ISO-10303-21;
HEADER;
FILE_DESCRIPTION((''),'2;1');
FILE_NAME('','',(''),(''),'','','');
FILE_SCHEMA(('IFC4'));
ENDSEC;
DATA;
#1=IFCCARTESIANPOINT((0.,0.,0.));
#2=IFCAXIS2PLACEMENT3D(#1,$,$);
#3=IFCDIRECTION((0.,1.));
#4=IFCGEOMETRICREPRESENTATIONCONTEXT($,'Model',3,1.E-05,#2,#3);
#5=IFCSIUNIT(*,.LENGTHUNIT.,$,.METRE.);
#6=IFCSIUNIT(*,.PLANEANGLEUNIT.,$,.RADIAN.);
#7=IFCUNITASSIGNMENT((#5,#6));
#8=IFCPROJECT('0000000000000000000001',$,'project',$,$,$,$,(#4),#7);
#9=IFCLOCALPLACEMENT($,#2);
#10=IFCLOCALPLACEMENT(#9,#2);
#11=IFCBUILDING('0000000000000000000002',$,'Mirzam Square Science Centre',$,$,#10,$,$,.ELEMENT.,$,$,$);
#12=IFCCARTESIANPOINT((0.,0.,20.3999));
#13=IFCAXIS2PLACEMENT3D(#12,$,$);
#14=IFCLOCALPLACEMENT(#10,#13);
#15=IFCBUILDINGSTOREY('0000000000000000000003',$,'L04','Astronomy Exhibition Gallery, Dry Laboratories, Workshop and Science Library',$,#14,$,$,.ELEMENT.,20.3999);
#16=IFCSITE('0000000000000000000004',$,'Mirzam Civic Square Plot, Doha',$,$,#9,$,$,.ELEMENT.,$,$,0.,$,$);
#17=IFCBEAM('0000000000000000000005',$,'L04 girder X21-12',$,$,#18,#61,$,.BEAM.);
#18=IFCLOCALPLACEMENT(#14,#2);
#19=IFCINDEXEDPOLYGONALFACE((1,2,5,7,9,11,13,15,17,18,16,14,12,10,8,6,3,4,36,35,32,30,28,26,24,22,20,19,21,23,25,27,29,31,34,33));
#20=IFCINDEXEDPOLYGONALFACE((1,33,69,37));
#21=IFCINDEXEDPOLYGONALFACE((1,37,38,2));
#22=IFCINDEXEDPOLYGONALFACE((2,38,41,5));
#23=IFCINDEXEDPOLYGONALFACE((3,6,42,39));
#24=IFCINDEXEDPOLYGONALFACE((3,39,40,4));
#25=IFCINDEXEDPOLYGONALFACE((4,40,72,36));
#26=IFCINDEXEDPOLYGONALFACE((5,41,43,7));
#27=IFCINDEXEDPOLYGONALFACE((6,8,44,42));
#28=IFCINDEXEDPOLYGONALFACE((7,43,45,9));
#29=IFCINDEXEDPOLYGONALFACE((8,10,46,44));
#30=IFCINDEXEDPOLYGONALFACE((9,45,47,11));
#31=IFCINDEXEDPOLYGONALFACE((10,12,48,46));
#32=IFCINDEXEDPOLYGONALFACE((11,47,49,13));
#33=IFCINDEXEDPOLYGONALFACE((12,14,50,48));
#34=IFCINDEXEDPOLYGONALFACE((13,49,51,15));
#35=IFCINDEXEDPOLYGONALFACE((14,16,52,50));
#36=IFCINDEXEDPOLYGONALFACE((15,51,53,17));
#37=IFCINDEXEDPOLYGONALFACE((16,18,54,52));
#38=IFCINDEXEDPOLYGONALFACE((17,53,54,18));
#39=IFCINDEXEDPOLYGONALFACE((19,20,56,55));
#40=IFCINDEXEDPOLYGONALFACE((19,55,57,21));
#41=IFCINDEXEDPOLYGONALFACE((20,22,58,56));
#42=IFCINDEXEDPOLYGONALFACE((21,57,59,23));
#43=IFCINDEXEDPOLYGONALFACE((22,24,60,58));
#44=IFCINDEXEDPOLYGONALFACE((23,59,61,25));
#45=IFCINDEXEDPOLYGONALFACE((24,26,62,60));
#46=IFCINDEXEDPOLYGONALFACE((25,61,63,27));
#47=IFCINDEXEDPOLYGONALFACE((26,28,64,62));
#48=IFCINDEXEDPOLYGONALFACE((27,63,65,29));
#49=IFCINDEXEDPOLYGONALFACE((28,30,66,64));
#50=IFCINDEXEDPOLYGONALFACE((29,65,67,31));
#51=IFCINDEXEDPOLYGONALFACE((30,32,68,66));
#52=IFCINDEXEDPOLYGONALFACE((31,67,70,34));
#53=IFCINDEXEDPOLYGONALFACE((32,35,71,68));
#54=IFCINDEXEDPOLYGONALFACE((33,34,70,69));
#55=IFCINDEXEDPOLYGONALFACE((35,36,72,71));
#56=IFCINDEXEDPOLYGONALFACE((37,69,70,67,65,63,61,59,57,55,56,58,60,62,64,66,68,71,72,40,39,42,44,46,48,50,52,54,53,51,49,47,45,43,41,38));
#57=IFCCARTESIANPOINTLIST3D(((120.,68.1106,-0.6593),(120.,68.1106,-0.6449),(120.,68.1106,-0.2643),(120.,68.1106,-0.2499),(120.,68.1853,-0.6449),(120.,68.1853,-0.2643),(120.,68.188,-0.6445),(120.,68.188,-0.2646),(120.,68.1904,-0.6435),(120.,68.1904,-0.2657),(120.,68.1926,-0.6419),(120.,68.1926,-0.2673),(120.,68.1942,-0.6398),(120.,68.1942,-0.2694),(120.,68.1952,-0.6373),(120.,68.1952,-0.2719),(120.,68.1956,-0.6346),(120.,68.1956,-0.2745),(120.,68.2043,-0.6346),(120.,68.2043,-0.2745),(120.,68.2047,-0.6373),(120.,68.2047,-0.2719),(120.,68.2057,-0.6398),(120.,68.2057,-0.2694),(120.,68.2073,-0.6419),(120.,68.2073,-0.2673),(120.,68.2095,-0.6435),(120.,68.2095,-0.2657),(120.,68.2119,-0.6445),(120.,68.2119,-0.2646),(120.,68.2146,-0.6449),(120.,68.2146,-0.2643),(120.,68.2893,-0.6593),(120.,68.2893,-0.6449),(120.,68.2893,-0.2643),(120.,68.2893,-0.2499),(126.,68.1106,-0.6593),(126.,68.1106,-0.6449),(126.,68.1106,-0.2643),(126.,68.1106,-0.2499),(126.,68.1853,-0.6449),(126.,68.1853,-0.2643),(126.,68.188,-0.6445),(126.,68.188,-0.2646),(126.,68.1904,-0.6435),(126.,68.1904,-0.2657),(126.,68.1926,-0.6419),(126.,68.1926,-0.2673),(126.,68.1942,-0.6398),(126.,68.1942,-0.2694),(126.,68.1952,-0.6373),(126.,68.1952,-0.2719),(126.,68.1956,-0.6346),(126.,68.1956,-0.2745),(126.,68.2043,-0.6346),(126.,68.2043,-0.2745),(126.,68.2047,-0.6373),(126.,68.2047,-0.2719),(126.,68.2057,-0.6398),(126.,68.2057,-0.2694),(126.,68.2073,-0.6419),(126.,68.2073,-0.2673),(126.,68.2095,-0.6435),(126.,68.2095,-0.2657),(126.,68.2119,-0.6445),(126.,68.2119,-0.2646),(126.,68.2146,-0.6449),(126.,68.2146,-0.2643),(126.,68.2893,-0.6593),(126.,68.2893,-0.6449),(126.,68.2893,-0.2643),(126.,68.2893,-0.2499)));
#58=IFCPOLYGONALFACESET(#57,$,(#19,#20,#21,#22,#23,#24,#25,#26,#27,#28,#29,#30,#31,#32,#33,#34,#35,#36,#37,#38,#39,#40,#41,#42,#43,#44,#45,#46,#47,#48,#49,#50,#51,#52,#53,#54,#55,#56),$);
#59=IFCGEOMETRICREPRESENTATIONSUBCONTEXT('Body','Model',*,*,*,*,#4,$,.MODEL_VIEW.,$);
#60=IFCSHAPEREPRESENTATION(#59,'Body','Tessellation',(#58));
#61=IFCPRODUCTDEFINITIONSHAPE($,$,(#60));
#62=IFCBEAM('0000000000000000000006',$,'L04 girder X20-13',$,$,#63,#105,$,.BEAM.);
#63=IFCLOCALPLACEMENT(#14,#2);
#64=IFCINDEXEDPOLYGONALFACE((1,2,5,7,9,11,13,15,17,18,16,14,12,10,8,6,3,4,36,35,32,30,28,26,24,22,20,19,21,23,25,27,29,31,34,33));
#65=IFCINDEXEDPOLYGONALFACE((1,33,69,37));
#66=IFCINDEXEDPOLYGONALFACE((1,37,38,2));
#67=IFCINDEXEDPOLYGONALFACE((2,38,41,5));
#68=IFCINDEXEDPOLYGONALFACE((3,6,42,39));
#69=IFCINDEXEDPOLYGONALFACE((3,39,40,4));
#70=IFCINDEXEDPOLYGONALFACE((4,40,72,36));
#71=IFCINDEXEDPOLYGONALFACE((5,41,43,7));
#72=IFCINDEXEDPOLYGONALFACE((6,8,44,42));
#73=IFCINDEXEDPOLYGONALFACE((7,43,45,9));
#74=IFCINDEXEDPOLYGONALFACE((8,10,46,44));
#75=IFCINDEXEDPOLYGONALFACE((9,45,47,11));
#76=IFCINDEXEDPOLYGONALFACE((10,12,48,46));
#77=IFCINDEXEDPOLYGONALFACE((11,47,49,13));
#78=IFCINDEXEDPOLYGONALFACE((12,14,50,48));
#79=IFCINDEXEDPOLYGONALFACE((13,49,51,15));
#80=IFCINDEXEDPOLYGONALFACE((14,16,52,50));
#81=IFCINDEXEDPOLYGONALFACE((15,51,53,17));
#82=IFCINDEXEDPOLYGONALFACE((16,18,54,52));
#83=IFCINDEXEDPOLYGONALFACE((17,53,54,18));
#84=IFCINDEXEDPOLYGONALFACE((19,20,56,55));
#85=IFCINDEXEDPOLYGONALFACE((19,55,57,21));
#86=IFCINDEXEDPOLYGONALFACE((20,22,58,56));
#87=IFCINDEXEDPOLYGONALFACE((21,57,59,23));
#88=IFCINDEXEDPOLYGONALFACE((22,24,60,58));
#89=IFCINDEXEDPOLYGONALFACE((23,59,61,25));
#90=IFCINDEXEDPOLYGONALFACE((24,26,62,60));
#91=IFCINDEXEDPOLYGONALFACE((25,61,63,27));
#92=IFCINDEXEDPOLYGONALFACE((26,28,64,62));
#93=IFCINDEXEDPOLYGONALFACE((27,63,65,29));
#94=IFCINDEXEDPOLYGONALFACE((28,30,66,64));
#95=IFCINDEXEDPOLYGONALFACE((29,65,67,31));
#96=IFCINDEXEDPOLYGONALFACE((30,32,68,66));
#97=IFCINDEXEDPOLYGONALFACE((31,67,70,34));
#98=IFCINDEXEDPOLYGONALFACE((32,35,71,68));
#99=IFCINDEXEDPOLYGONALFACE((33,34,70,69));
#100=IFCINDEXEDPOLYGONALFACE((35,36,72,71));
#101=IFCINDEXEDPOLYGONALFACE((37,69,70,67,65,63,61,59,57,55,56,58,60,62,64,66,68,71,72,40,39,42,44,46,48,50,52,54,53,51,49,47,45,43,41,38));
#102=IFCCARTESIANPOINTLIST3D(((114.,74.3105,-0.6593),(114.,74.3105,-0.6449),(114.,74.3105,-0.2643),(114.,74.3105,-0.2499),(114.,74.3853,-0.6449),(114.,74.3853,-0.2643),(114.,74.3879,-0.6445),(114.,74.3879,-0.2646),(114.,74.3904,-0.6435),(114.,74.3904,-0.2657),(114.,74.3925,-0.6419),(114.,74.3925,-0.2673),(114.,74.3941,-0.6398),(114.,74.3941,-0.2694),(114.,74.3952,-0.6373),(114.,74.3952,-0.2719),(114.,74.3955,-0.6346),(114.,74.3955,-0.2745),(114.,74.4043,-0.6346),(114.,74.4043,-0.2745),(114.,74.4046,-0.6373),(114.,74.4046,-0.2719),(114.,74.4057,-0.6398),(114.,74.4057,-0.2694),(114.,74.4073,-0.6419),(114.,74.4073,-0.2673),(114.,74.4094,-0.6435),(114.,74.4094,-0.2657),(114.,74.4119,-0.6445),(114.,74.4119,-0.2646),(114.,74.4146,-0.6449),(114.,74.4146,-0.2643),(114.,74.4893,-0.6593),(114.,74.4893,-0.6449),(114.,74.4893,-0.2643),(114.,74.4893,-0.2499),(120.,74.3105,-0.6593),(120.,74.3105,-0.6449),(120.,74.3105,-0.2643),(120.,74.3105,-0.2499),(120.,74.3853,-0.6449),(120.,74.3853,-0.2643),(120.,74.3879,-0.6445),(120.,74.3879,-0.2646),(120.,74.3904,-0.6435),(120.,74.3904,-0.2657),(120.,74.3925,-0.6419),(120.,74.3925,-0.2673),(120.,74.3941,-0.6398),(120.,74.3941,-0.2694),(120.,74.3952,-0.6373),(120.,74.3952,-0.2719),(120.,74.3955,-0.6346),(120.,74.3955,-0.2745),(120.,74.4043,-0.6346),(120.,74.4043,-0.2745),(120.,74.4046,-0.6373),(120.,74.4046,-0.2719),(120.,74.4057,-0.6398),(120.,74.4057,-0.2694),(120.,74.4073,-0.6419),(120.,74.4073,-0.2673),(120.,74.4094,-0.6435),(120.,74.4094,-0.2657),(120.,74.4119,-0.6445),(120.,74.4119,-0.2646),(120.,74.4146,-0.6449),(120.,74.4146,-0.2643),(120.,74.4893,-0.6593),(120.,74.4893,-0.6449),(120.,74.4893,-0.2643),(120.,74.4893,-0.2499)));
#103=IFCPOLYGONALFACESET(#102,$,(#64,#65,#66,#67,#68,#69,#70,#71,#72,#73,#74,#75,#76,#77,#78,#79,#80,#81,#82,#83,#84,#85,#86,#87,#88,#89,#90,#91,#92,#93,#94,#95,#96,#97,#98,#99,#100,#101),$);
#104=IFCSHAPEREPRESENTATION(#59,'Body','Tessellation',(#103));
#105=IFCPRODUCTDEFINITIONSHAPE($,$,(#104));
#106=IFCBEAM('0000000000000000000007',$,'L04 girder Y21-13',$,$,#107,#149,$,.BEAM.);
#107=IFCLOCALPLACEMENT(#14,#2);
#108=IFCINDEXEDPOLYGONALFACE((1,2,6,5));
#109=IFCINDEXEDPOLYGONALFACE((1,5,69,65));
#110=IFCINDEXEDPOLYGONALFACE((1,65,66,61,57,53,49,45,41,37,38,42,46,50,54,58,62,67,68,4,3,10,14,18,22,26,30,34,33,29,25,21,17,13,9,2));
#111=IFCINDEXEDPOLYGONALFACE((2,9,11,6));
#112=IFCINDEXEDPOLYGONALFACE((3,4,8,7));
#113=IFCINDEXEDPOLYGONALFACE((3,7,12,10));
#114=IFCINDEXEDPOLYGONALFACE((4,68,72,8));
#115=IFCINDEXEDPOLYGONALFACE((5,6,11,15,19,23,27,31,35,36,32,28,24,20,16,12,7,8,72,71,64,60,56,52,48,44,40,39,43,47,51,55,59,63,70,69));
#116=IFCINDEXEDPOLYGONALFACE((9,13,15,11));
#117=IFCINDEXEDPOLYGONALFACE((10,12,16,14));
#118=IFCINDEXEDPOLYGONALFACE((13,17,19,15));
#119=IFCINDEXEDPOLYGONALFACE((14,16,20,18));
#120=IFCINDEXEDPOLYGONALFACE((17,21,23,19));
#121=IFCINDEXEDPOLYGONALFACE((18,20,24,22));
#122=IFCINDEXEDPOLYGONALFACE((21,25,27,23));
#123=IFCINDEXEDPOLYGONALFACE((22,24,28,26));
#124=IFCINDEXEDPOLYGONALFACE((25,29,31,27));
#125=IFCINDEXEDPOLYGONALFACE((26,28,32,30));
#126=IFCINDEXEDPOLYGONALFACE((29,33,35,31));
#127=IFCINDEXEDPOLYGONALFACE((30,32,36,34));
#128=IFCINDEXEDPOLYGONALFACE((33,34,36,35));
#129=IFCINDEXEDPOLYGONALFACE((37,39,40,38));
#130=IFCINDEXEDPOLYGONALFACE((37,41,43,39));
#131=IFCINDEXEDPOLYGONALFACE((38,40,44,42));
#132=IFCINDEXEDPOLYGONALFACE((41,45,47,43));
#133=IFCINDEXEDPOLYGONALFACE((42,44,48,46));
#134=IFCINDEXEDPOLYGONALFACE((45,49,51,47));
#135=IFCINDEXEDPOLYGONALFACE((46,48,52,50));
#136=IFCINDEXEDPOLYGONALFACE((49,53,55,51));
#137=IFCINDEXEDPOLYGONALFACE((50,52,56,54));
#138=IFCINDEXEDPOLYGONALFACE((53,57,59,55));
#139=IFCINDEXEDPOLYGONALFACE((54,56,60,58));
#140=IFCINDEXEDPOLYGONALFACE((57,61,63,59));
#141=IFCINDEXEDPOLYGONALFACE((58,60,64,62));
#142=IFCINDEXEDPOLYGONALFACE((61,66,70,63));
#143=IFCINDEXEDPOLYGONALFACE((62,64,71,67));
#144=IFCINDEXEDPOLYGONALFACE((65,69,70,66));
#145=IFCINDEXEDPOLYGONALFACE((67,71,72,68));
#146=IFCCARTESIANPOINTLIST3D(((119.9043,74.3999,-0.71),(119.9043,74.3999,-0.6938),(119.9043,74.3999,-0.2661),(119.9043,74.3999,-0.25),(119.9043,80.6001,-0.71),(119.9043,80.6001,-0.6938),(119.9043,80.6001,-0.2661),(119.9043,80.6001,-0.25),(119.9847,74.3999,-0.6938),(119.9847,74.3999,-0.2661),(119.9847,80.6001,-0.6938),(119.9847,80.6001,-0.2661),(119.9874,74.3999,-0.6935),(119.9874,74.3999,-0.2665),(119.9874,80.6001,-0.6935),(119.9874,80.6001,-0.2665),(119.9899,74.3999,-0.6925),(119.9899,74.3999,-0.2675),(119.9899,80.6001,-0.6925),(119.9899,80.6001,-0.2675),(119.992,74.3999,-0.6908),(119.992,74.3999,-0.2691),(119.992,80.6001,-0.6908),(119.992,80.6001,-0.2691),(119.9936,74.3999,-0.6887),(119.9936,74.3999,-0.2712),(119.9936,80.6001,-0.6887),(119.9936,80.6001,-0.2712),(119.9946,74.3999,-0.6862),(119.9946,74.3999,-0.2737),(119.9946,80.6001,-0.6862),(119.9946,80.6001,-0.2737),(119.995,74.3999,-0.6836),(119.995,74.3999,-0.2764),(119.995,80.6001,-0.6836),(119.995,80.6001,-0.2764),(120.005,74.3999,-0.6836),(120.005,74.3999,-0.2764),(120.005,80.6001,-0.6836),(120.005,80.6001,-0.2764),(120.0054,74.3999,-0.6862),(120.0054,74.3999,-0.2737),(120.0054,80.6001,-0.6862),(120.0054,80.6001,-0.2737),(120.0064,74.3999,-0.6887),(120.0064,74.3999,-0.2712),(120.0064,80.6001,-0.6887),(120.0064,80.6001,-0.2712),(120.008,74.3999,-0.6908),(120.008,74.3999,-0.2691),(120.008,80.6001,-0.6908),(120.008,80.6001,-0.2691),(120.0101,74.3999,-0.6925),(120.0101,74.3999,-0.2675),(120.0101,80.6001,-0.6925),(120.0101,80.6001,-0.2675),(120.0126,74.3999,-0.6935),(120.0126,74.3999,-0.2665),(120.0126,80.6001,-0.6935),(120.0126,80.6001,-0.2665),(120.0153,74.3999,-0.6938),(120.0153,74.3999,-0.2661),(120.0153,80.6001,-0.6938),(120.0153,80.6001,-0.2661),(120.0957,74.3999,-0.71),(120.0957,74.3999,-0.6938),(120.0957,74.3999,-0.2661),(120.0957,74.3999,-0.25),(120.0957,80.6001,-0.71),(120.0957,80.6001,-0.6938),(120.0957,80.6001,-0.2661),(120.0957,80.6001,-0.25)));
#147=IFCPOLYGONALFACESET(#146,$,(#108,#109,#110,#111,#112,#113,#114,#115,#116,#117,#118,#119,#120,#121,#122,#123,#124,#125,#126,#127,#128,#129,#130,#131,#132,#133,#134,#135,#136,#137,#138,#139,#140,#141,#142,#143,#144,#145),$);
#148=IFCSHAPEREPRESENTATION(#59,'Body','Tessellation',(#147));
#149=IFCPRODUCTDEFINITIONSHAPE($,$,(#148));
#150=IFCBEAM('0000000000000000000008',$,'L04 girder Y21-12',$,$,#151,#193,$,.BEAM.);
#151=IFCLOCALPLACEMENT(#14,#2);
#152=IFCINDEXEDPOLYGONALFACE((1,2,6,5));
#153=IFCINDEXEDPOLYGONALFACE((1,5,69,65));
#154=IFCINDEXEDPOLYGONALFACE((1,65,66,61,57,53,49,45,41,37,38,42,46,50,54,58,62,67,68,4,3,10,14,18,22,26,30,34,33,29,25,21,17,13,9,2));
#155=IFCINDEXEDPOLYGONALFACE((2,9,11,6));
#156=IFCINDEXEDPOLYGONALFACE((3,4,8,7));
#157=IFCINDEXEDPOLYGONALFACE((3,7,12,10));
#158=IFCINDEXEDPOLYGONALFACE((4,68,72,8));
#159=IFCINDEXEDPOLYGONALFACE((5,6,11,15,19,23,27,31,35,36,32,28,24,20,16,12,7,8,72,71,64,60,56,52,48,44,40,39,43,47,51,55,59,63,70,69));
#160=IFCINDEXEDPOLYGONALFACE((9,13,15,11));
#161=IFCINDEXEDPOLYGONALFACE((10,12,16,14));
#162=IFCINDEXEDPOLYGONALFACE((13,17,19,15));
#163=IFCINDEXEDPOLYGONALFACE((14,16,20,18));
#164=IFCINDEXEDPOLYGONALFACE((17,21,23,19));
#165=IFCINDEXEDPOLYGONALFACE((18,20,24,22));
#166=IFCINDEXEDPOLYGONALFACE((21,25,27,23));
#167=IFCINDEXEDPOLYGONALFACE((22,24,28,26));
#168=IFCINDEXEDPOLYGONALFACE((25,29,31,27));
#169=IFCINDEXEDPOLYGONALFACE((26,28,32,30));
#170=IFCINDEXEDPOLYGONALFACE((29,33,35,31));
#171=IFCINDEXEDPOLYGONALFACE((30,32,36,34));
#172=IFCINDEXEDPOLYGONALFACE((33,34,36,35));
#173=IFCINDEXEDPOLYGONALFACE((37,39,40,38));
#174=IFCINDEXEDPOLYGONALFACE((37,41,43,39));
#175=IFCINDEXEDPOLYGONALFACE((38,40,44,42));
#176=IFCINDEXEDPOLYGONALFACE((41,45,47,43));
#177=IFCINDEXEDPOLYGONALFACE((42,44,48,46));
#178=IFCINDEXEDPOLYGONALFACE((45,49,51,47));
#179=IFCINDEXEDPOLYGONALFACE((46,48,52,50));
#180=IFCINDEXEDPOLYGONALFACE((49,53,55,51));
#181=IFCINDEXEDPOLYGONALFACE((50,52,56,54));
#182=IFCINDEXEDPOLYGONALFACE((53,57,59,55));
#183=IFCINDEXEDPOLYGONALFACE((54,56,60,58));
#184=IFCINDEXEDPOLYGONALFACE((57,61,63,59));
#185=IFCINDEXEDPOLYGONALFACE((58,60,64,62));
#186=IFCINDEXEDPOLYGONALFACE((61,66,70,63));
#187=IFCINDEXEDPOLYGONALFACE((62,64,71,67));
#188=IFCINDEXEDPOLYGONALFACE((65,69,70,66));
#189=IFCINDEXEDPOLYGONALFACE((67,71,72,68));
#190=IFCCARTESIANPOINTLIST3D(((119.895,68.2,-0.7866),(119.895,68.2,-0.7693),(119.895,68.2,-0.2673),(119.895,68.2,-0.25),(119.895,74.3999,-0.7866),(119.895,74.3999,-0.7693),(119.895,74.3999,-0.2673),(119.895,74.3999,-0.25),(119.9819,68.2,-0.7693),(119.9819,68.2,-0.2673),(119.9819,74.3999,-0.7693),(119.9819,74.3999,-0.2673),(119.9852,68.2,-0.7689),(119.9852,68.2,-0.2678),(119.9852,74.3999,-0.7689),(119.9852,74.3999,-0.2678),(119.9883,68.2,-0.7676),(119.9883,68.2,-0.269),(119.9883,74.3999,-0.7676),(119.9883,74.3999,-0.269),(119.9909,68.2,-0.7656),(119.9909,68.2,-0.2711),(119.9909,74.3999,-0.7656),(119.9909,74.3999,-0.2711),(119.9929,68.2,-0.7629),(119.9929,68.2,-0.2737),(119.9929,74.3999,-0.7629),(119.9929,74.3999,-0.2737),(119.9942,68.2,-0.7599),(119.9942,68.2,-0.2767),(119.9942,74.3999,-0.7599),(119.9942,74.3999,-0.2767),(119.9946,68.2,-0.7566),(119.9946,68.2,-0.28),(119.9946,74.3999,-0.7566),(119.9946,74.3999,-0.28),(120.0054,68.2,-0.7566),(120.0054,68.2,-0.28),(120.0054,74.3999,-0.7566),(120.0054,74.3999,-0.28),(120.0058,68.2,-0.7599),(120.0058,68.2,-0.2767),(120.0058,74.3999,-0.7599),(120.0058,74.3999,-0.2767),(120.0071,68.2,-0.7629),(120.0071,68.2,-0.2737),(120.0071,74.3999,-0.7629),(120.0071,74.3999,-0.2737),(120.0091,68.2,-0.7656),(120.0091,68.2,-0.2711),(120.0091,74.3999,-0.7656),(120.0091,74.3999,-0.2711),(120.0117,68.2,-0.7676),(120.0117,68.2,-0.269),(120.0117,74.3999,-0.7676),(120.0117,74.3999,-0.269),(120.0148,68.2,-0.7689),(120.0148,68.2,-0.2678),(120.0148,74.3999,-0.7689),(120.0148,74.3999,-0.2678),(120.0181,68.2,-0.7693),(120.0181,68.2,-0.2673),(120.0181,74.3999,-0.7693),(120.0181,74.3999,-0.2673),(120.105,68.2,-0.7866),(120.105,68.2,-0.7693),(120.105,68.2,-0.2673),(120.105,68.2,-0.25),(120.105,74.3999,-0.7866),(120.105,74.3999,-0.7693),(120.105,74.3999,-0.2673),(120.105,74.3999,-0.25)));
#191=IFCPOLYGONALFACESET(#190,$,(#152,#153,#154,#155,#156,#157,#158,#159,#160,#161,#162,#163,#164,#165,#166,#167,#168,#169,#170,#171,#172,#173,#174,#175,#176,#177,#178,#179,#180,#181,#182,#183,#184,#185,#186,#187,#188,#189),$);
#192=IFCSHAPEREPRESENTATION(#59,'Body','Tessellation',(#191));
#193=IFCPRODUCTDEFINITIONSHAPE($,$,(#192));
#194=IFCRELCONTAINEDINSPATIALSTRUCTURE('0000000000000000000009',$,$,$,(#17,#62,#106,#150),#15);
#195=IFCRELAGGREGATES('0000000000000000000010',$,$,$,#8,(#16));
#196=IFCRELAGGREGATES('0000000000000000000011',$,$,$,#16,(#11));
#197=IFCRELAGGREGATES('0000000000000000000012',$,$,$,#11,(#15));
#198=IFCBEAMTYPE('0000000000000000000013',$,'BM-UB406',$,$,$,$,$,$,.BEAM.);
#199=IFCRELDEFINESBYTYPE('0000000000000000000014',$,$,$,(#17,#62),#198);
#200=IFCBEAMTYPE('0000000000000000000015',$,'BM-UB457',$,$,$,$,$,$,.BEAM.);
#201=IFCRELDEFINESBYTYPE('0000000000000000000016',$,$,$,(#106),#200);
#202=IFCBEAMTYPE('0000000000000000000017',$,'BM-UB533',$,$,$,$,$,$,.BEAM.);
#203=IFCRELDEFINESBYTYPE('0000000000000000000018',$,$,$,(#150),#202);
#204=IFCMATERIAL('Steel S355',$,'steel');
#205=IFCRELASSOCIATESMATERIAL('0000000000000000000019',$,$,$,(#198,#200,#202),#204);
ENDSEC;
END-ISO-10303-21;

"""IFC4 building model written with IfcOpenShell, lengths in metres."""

from ifc_helpers import new_model, si_unit, direction, frame, origin, origin_2d, place, context, subcontext, project, spatial, i_section, extrude, material, material_profile, profile_set, type_object, element, save


model = new_model("IFC4")

# Units and contexts
model_context = context("Model", 3, precision=1e-05, world=origin(), true_north=direction((0.0, 1.0)))
body_context = subcontext(model_context, "Body", "Model", "MODEL_VIEW")
ifc_project = project(units=[si_unit("LENGTHUNIT", "METRE"), si_unit("PLANEANGLEUNIT", "RADIAN")], contexts=[model_context])

# Site, building, storey
site_placement = place(None, origin())
site = spatial("IfcSite", under=ifc_project, at=site_placement, Name="Mirzam Civic Square Plot, Doha", CompositionType="ELEMENT", RefElevation=0.0)
building_placement = place(site_placement, origin())
building = spatial("IfcBuilding", under=site, at=building_placement, Name="Mirzam Square Science Centre", CompositionType="ELEMENT")
storey_placement = place(building_placement, frame((0.0, 0.0, 20.3999)))
storey = spatial("IfcBuildingStorey", under=building, at=storey_placement, Name="L04", Description="Astronomy Exhibition Gallery, Dry Laboratories, Workshop and Science Library", CompositionType="ELEMENT", Elevation=20.3999)

# Shared definitions
ifc_material_1 = material(Name="Steel S355", Category="steel")

# Beams
ifc_material_profile_1 = material_profile(ifc_material_1, i_section(OverallWidth=0.1787, OverallDepth=0.4094, WebThickness=0.0088, FlangeThickness=0.0144, FilletRadius=0.0103, at=origin_2d()), Name="406x178x67UB")
ifc_profile_set_1 = profile_set([ifc_material_profile_1], Name="Steel S355")
beam_type_1 = type_object("IfcBeamType", Name="BM-UB406", PredefinedType="BEAM", material=ifc_profile_set_1)
for number, where, z_axis, x_axis, name in (
    (1, (120.0, 68.2, -0.4546), (1.0, 0.0, 0.0), (0.0, 1.0, 0.0), "L04 girder X21-12"),
    (2, (114.0, 74.3999, -0.4546), (1.0, 0.0, 0.0), (0.0, 1.0, 0.0), "L04 girder X20-13"),
):
    element("IfcBeam", number, at=place(storey_placement, frame(where, z_axis=z_axis, x_axis=x_axis)), inside=storey, type_object=beam_type_1, Name=name, PredefinedType="BEAM", context=body_context, shape_type="SweptSolid", body=[
        extrude(i_section(OverallWidth=0.1787, OverallDepth=0.4094, WebThickness=0.0088, FlangeThickness=0.0144, FilletRadius=0.0103, at=origin_2d()), origin(), (0.0, 0.0, 1.0), 6.0),
    ])
ifc_material_profile_2 = material_profile(ifc_material_1, i_section(OverallWidth=0.1914, OverallDepth=0.46, WebThickness=0.01, FlangeThickness=0.0161, FilletRadius=0.0103, at=origin_2d()), Name="457x191x82UB")
ifc_profile_set_2 = profile_set([ifc_material_profile_2], Name="Steel S355")
beam_type_2 = type_object("IfcBeamType", Name="BM-UB457", PredefinedType="BEAM", material=ifc_profile_set_2)
beam_1_placement = place(storey_placement, frame((120.0, 74.3999, -0.48), z_axis=(0.0, 1.0, 0.0), x_axis=(-1.0, 0.0, 0.0)))
element("IfcBeam", 3, at=beam_1_placement, inside=storey, type_object=beam_type_2, Name="L04 girder Y21-13", PredefinedType="BEAM", context=body_context, shape_type="SweptSolid", body=[
    extrude(i_section(OverallWidth=0.1914, OverallDepth=0.46, WebThickness=0.01, FlangeThickness=0.0161, FilletRadius=0.0103, at=origin_2d()), origin(), (0.0, 0.0, 1.0), 6.2002),
])
ifc_material_profile_3 = material_profile(ifc_material_1, i_section(OverallWidth=0.21, OverallDepth=0.5366, WebThickness=0.0107, FlangeThickness=0.0173, FilletRadius=0.0127, at=origin_2d()), Name="533x210x101UB")
ifc_profile_set_3 = profile_set([ifc_material_profile_3], Name="Steel S355")
beam_type_3 = type_object("IfcBeamType", Name="BM-UB533", PredefinedType="BEAM", material=ifc_profile_set_3)
beam_2_placement = place(storey_placement, frame((120.0, 68.2, -0.5183), z_axis=(0.0, 1.0, 0.0), x_axis=(-1.0, 0.0, 0.0)))
element("IfcBeam", 4, at=beam_2_placement, inside=storey, type_object=beam_type_3, Name="L04 girder Y21-12", PredefinedType="BEAM", context=body_context, shape_type="SweptSolid", body=[
    extrude(i_section(OverallWidth=0.21, OverallDepth=0.5366, WebThickness=0.0107, FlangeThickness=0.0173, FilletRadius=0.0127, at=origin_2d()), origin(), (0.0, 0.0, 1.0), 6.2),
])

save(model, "model.ifc")
